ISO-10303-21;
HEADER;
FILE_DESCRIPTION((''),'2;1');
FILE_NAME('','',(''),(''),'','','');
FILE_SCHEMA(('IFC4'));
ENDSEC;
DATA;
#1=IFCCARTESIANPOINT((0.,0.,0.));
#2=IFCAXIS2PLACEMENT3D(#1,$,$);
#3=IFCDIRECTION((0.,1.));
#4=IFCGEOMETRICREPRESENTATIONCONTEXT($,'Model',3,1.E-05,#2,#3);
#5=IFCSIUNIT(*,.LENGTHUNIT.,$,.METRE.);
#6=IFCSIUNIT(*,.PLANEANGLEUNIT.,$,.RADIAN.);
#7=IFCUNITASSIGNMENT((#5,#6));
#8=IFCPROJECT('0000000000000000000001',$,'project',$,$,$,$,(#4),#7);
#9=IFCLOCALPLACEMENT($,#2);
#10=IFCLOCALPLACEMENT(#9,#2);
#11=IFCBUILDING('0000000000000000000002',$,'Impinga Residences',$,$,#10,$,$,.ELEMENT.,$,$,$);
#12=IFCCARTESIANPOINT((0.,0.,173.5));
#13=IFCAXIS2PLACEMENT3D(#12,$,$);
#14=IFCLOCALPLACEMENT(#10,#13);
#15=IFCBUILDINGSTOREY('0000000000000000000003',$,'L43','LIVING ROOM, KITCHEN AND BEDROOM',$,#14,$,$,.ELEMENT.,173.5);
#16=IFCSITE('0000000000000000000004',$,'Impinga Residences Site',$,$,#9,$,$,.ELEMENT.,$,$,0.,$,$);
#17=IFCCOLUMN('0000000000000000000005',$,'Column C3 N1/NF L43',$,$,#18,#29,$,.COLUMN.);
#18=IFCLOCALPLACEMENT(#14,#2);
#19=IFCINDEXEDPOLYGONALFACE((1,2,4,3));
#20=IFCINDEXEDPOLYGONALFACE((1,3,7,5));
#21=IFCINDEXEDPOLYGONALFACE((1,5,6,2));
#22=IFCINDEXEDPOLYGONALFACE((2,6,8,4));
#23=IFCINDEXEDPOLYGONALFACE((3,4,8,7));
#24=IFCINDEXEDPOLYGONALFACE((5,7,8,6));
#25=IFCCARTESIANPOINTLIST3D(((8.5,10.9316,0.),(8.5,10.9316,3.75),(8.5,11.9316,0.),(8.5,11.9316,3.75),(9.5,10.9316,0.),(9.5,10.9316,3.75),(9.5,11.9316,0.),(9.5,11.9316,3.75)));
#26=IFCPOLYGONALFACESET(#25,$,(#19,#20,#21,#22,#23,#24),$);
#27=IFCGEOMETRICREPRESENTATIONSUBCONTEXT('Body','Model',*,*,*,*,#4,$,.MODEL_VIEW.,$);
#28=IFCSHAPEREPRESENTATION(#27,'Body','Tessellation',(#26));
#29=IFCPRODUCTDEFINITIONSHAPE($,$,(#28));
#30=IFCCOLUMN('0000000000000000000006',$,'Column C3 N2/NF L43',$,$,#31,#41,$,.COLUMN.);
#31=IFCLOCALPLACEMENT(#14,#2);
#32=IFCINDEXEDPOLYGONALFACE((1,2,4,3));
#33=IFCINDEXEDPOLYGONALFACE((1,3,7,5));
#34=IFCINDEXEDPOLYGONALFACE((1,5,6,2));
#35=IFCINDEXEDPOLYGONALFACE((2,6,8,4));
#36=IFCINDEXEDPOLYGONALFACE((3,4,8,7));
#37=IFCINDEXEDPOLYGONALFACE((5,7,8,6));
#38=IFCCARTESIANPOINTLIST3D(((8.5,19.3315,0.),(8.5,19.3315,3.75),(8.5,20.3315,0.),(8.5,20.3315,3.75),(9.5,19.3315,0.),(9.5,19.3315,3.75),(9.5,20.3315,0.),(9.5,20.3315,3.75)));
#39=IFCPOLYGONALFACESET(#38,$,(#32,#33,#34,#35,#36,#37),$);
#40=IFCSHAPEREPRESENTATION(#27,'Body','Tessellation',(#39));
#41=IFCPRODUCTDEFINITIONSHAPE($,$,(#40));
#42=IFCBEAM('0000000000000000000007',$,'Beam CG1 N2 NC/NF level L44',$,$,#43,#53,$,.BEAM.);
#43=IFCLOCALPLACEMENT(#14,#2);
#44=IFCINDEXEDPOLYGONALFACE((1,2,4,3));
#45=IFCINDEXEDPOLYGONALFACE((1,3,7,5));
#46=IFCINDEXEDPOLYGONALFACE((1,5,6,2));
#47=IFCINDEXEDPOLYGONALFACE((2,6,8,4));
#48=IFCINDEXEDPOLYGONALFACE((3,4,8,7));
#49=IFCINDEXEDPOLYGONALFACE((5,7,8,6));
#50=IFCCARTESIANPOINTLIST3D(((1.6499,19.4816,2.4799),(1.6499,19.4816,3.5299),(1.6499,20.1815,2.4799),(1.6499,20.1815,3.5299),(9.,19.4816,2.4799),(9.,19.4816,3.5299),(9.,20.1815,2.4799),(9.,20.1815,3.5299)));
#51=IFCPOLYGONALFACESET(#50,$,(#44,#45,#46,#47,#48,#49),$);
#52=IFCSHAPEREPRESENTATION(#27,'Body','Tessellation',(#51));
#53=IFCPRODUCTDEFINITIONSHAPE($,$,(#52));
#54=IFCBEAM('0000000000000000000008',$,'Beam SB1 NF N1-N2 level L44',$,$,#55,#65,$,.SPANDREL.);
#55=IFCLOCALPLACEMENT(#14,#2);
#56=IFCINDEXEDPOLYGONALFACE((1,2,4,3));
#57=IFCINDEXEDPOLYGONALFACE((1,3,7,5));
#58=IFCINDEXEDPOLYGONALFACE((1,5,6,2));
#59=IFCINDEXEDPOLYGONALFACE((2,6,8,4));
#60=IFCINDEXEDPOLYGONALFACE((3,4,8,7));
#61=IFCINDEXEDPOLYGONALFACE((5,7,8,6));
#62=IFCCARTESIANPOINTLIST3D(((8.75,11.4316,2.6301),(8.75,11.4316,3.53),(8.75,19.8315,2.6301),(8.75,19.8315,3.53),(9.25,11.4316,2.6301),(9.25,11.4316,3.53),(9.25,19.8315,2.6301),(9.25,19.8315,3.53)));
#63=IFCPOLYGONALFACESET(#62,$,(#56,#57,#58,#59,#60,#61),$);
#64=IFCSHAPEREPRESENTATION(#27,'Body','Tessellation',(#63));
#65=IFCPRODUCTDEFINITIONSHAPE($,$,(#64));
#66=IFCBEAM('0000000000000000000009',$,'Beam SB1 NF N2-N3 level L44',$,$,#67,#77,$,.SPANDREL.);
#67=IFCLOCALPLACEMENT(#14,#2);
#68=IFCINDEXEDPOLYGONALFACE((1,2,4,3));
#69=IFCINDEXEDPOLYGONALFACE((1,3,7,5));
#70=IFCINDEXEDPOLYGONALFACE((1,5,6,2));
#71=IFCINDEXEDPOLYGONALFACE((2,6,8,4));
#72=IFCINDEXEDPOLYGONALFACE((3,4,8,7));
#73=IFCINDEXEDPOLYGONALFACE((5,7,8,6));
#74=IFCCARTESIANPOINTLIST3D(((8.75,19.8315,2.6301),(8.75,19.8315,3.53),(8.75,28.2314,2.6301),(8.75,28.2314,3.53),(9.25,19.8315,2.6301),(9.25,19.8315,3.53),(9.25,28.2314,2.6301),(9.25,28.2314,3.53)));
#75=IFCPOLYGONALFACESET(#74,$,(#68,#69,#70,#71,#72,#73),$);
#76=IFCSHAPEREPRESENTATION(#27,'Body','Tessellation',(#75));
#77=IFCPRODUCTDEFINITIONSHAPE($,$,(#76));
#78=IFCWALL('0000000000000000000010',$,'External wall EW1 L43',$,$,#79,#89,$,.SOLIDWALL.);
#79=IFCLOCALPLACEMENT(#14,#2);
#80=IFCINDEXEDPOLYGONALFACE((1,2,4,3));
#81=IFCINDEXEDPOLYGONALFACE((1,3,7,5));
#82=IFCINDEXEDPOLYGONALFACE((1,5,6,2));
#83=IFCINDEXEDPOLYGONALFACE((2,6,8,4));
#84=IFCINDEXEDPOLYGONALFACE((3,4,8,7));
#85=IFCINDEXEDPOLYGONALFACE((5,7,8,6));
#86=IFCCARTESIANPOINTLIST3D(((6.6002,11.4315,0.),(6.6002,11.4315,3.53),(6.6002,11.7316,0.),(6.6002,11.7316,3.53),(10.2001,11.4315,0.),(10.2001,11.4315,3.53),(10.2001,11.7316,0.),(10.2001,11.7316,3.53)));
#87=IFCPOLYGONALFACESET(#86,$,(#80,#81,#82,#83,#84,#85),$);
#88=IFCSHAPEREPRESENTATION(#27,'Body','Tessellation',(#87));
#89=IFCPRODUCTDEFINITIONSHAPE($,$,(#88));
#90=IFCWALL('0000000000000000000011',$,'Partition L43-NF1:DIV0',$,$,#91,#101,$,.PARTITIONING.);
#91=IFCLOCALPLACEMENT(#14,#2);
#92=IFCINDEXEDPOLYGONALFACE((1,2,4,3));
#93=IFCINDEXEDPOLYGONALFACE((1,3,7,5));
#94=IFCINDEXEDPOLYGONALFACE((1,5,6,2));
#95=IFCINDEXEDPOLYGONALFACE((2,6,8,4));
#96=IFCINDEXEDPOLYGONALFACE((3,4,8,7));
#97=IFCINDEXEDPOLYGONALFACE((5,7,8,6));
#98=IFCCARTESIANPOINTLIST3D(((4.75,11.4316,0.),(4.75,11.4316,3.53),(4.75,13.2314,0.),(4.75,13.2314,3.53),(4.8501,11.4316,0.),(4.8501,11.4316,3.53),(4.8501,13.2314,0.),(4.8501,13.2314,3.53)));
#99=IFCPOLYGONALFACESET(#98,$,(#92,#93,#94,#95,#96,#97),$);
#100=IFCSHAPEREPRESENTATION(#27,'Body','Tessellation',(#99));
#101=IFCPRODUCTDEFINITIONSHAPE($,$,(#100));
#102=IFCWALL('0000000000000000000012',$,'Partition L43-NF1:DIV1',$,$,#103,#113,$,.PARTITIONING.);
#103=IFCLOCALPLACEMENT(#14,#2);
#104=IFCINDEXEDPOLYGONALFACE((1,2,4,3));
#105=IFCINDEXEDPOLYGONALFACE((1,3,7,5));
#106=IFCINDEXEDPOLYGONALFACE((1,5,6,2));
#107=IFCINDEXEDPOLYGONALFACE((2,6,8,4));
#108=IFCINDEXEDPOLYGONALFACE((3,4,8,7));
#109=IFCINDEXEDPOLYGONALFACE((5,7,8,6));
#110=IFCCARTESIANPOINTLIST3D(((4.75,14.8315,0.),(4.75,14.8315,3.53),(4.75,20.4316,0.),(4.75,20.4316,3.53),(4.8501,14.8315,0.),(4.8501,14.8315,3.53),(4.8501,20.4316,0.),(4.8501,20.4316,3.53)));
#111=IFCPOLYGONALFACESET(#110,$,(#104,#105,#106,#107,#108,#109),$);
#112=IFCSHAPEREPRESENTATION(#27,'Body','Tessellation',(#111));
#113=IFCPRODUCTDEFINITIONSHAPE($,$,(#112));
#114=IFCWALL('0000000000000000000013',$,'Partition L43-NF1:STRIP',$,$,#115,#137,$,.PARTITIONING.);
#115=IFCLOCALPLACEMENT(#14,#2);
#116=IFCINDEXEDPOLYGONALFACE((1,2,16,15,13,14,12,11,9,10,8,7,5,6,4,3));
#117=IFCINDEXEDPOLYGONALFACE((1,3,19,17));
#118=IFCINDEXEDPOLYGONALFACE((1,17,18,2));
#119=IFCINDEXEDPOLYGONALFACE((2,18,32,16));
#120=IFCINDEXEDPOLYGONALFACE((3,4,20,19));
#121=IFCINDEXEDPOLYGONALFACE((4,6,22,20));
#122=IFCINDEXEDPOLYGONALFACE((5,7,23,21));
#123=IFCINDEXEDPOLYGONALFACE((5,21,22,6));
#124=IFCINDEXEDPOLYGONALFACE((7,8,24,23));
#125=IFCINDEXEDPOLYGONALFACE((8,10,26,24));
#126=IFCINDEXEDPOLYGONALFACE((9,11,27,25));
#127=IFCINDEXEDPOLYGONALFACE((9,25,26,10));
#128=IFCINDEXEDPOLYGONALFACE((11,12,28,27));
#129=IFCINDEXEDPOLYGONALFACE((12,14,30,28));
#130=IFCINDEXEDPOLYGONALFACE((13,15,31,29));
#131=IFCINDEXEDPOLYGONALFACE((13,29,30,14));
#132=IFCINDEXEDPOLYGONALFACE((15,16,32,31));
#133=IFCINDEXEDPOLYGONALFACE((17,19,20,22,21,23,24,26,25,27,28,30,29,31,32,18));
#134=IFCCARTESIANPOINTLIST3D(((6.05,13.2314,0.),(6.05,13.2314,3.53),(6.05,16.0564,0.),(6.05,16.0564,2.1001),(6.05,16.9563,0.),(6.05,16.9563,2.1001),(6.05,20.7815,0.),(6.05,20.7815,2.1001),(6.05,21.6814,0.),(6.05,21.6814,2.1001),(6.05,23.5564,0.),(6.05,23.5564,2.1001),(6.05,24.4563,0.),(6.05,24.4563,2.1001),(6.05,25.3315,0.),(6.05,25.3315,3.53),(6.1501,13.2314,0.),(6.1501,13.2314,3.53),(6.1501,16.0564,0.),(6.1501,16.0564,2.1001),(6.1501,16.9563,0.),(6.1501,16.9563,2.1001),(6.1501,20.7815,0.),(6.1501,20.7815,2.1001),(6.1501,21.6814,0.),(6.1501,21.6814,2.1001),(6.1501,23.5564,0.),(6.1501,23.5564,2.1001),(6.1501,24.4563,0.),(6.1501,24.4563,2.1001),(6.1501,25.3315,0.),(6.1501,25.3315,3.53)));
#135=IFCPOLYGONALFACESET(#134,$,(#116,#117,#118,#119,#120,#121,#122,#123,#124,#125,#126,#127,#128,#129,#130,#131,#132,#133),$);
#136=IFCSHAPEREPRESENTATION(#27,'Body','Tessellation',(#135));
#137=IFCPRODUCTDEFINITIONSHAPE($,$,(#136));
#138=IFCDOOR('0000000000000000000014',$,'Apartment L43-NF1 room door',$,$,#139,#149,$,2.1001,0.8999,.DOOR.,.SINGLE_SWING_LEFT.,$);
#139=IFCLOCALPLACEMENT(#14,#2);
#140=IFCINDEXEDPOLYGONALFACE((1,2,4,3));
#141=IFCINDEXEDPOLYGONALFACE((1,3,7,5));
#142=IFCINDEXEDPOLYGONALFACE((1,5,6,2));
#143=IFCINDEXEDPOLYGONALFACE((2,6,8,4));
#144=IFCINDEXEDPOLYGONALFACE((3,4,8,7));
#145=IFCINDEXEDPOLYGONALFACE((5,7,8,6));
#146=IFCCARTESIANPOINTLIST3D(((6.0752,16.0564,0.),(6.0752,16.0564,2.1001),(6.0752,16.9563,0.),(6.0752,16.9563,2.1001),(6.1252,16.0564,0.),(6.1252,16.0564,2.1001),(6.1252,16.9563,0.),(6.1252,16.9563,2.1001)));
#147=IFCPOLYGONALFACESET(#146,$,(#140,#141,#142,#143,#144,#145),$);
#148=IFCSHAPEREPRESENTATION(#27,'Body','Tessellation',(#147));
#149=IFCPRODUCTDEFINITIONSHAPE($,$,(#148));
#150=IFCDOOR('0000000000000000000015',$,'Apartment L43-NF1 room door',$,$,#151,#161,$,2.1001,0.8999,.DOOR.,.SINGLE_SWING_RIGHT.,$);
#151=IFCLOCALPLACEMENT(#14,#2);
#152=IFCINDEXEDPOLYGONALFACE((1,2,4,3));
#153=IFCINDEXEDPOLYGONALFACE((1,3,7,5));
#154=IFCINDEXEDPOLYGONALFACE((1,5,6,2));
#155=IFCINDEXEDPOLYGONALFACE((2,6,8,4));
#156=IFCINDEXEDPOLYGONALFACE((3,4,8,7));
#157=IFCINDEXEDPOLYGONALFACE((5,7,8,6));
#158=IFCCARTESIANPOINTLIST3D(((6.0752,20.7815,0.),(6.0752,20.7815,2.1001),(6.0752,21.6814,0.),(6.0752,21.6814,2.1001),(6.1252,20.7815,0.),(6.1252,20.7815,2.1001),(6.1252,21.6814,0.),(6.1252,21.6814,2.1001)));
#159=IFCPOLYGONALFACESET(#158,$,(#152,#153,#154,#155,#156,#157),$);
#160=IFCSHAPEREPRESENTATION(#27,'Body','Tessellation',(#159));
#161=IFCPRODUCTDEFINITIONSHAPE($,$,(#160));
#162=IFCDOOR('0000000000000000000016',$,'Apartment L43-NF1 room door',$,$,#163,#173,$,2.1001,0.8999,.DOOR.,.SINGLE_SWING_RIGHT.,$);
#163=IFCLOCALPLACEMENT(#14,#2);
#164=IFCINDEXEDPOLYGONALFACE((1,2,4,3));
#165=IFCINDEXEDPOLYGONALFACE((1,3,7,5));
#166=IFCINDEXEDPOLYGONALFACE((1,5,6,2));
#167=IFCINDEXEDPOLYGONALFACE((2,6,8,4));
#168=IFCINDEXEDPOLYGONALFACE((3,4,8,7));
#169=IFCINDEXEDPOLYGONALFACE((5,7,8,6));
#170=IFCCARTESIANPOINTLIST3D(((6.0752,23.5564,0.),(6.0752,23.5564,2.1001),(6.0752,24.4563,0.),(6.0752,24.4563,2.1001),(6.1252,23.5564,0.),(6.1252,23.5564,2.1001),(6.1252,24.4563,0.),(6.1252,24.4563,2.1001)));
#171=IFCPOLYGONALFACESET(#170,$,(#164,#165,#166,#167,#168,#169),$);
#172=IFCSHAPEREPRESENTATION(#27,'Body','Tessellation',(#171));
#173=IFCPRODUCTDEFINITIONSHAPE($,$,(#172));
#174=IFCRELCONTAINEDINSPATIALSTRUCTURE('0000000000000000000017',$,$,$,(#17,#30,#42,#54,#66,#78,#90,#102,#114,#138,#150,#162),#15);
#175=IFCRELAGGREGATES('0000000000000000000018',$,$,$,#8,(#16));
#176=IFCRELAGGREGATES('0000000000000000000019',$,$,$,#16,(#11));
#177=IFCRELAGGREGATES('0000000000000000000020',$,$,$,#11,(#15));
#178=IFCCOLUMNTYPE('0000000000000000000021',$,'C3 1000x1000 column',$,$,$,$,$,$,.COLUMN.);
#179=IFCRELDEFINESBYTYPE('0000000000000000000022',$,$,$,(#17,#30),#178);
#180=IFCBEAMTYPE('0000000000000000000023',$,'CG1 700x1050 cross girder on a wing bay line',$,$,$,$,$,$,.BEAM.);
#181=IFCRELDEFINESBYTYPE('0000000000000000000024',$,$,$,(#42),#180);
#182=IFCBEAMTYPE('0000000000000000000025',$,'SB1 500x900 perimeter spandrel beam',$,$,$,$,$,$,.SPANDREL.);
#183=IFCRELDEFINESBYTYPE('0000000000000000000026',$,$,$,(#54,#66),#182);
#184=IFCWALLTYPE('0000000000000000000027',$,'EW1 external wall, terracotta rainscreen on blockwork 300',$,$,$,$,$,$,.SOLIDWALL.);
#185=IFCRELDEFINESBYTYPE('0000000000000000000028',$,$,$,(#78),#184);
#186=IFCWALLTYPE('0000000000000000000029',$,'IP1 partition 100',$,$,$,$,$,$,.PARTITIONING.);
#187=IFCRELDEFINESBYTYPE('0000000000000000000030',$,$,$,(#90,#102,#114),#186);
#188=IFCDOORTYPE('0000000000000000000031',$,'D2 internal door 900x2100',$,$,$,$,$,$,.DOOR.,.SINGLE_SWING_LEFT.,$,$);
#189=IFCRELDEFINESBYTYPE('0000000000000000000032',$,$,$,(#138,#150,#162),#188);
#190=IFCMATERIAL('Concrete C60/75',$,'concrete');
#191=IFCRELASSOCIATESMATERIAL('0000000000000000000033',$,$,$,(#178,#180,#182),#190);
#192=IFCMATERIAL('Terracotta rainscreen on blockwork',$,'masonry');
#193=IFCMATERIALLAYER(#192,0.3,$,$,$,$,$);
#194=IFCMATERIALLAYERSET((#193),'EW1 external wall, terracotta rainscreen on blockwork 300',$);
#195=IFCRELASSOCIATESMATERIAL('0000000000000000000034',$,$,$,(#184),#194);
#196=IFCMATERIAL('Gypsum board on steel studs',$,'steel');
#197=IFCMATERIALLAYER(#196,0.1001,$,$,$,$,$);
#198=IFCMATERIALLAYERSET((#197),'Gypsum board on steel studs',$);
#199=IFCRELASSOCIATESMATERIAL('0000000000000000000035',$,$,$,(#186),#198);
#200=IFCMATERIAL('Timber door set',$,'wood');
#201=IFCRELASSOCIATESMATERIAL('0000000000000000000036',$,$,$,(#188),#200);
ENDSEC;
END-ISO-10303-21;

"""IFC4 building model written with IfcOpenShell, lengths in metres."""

from ifc_helpers import new_model, si_unit, direction, frame, frame_2d, origin, origin_2d, place, context, subcontext, project, spatial, rectangle, extrude, material, layer, layer_set, material_profile, profile_set, type_object, element, fill, save


model = new_model("IFC4")

# Units and contexts
model_context = context("Model", 3, precision=1e-05, world=origin(), true_north=direction((0.0, 1.0)))
body_context = subcontext(model_context, "Body", "Model", "MODEL_VIEW")
ifc_project = project(units=[si_unit("LENGTHUNIT", "METRE"), si_unit("PLANEANGLEUNIT", "RADIAN")], contexts=[model_context])

# Site, building, storey
site_placement = place(None, origin())
site = spatial("IfcSite", under=ifc_project, at=site_placement, Name="Impinga Residences Site", CompositionType="ELEMENT", RefElevation=0.0)
building_placement = place(site_placement, origin())
building = spatial("IfcBuilding", under=site, at=building_placement, Name="Impinga Residences", CompositionType="ELEMENT")
storey_placement = place(building_placement, frame((0.0, 0.0, 173.5)))
storey = spatial("IfcBuildingStorey", under=building, at=storey_placement, Name="L43", Description="LIVING ROOM, KITCHEN AND BEDROOM", CompositionType="ELEMENT", Elevation=173.5)

# Columns
ifc_material_1 = material(Name="Concrete C60/75", Category="concrete")
ifc_material_profile_1 = material_profile(ifc_material_1, rectangle(XDim=1.0, YDim=1.0, at=origin_2d()), Name="RC 1000x1000")
ifc_profile_set_1 = profile_set([ifc_material_profile_1], Name="Concrete C60/75")
column_type = type_object("IfcColumnType", Name="C3 1000x1000 column", PredefinedType="COLUMN", material=ifc_profile_set_1)
for number, where, z_axis, x_axis, name in (
    (1, (9.0, 11.4316, 0.0), (0.0, 0.0, 1.0), (1.0, 0.0, 0.0), "Column C3 N1/NF L43"),
    (2, (9.0, 19.8315, 0.0), (0.0, 0.0, 1.0), (1.0, 0.0, 0.0), "Column C3 N2/NF L43"),
):
    element("IfcColumn", number, at=place(storey_placement, frame(where, z_axis=z_axis, x_axis=x_axis)), inside=storey, type_object=column_type, Name=name, PredefinedType="COLUMN", context=body_context, shape_type="SweptSolid", body=[
        extrude(rectangle(XDim=1.0, YDim=1.0, at=origin_2d()), origin(), (0.0, 0.0, 1.0), 3.75),
    ])

# Beams
ifc_material_profile_2 = material_profile(ifc_material_1, rectangle(XDim=0.7, YDim=1.05, at=origin_2d()), Name="RC 700x1050")
ifc_profile_set_2 = profile_set([ifc_material_profile_2], Name="Concrete C60/75")
beam_type_1 = type_object("IfcBeamType", Name="CG1 700x1050 cross girder on a wing bay line", PredefinedType="BEAM", material=ifc_profile_set_2)
beam_placement = place(storey_placement, frame((1.6499, 19.8315, 3.0049), z_axis=(1.0, 0.0, 0.0), x_axis=(0.0, 1.0, 0.0)))
element("IfcBeam", 3, at=beam_placement, inside=storey, type_object=beam_type_1, Name="Beam CG1 N2 NC/NF level L44", PredefinedType="BEAM", context=body_context, shape_type="SweptSolid", body=[
    extrude(rectangle(XDim=0.7, YDim=1.05, at=origin_2d()), origin(), (0.0, 0.0, 1.0), 7.3501),
])
ifc_material_profile_3 = material_profile(ifc_material_1, rectangle(XDim=0.5, YDim=0.8999, at=origin_2d()), Name="RC 500x900")
ifc_profile_set_3 = profile_set([ifc_material_profile_3], Name="Concrete C60/75")
beam_type_2 = type_object("IfcBeamType", Name="SB1 500x900 perimeter spandrel beam", PredefinedType="SPANDREL", material=ifc_profile_set_3)
for number, where, z_axis, x_axis, name in (
    (4, (9.0, 11.4316, 3.0801), (0.0, 1.0, 0.0), (-1.0, 0.0, 0.0), "Beam SB1 NF N1-N2 level L44"),
    (5, (9.0, 19.8315, 3.0801), (0.0, 1.0, 0.0), (-1.0, 0.0, 0.0), "Beam SB1 NF N2-N3 level L44"),
):
    element("IfcBeam", number, at=place(storey_placement, frame(where, z_axis=z_axis, x_axis=x_axis)), inside=storey, type_object=beam_type_2, Name=name, PredefinedType="SPANDREL", context=body_context, shape_type="SweptSolid", body=[
        extrude(rectangle(XDim=0.5, YDim=0.8999, at=origin_2d()), origin(), (0.0, 0.0, 1.0), 8.3999),
    ])

# Walls
ifc_material_2 = material(Name="Terracotta rainscreen on blockwork", Category="masonry")
ifc_layer_1 = layer(ifc_material_2, 0.3)
ifc_layer_set_1 = layer_set([ifc_layer_1], Name="EW1 external wall, terracotta rainscreen on blockwork 300")
wall_type_1 = type_object("IfcWallType", Name="EW1 external wall, terracotta rainscreen on blockwork 300", PredefinedType="SOLIDWALL", material=ifc_layer_set_1)
wall_1_placement = place(storey_placement, frame((10.2, 11.5815, 0.0), z_axis=(0.0, 0.0, 1.0), x_axis=(-1.0, 0.0, 0.0)))
element("IfcWall", 6, at=wall_1_placement, inside=storey, type_object=wall_type_1, Name="External wall EW1 L43", PredefinedType="SOLIDWALL", context=body_context, shape_type="SweptSolid", body=[
    extrude(rectangle(XDim=3.5999, YDim=0.3, at=frame_2d((1.7998, 0.0))), origin(), (0.0, 0.0, 1.0), 3.53),
])
ifc_material_3 = material(Name="Gypsum board on steel studs", Category="steel")
ifc_layer_2 = layer(ifc_material_3, 0.1001)
ifc_layer_set_2 = layer_set([ifc_layer_2], Name="Gypsum board on steel studs")
wall_type_2 = type_object("IfcWallType", Name="IP1 partition 100", PredefinedType="PARTITIONING", material=ifc_layer_set_2)
wall_2_placement = place(storey_placement, frame((4.8, 11.4316, 0.0), z_axis=(0.0, 0.0, 1.0), x_axis=(0.0, 1.0, 0.0)))
element("IfcWall", 7, at=wall_2_placement, inside=storey, type_object=wall_type_2, Name="Partition L43-NF1:DIV0", PredefinedType="PARTITIONING", context=body_context, shape_type="SweptSolid", body=[
    extrude(rectangle(XDim=1.7998, YDim=0.1001, at=frame_2d((0.8999, 0.0))), origin(), (0.0, 0.0, 1.0), 3.53),
])
wall_3_placement = place(storey_placement, frame((4.8, 14.8315, 0.0), z_axis=(0.0, 0.0, 1.0), x_axis=(0.0, 1.0, 0.0)))
element("IfcWall", 8, at=wall_3_placement, inside=storey, type_object=wall_type_2, Name="Partition L43-NF1:DIV1", PredefinedType="PARTITIONING", context=body_context, shape_type="SweptSolid", body=[
    extrude(rectangle(XDim=5.6001, YDim=0.1001, at=frame_2d((2.8, 0.0))), origin(), (0.0, 0.0, 1.0), 3.53),
])

# Wall, openings, doors
wall_4_placement = place(storey_placement, frame((6.1001, 13.2314, 0.0), z_axis=(0.0, 0.0, 1.0), x_axis=(0.0, 1.0, 0.0)))
wall_4 = element("IfcWall", 9, at=wall_4_placement, inside=storey, type_object=wall_type_2, Name="Partition L43-NF1:STRIP", PredefinedType="PARTITIONING", context=body_context, shape_type="SweptSolid", body=[
    extrude(rectangle(XDim=12.1001, YDim=0.1001, at=frame_2d((6.05, 0.0))), origin(), (0.0, 0.0, 1.0), 3.53),
])
opening_1_placement = place(wall_4_placement, frame((2.825, 0.0, 0.0)))
opening_1 = element("IfcOpeningElement", 10, at=opening_1_placement, cuts=wall_4, PredefinedType="OPENING", context=body_context, shape_type="SweptSolid", body=[
    extrude(rectangle(XDim=0.8999, YDim=2.1001, at=frame_2d((0.45, 1.05))), frame((0.0, 0.0601, 0.0), z_axis=(0.0, -1.0, 0.0), x_axis=(1.0, 0.0, 0.0)), (0.0, 0.0, 1.0), 0.1201),
])
opening_2_placement = place(wall_4_placement, frame((7.55, 0.0, 0.0)))
opening_2 = element("IfcOpeningElement", 11, at=opening_2_placement, cuts=wall_4, PredefinedType="OPENING", context=body_context, shape_type="SweptSolid", body=[
    extrude(rectangle(XDim=0.8999, YDim=2.1001, at=frame_2d((0.45, 1.05))), frame((0.0, 0.0601, 0.0), z_axis=(0.0, -1.0, 0.0), x_axis=(1.0, 0.0, 0.0)), (0.0, 0.0, 1.0), 0.1201),
])
opening_3_placement = place(wall_4_placement, frame((10.325, 0.0, 0.0)))
opening_3 = element("IfcOpeningElement", 12, at=opening_3_placement, cuts=wall_4, PredefinedType="OPENING", context=body_context, shape_type="SweptSolid", body=[
    extrude(rectangle(XDim=0.8999, YDim=2.1001, at=frame_2d((0.45, 1.05))), frame((0.0, 0.0601, 0.0), z_axis=(0.0, -1.0, 0.0), x_axis=(1.0, 0.0, 0.0)), (0.0, 0.0, 1.0), 0.1201),
])
ifc_material_4 = material(Name="Timber door set", Category="wood")
door_type = type_object("IfcDoorType", Name="D2 internal door 900x2100", OperationType="SINGLE_SWING_LEFT", PredefinedType="DOOR", material=ifc_material_4)
door_1_placement = place(opening_1_placement, origin())
door_1 = element("IfcDoor", 13, at=door_1_placement, inside=storey, type_object=door_type, Name="Apartment L43-NF1 room door", OperationType="SINGLE_SWING_LEFT", OverallHeight=2.1001, OverallWidth=0.8999, PredefinedType="DOOR", context=body_context, shape_type="SweptSolid", body=[
    extrude(rectangle(XDim=0.8999, YDim=2.1001, at=frame_2d((0.45, 1.05))), frame((0.0, 0.0249, 0.0), z_axis=(0.0, -1.0, 0.0), x_axis=(1.0, 0.0, 0.0)), (0.0, 0.0, 1.0), 0.05),
])
fill(opening_1, door_1)
door_2_placement = place(opening_2_placement, origin())
door_2 = element("IfcDoor", 14, at=door_2_placement, inside=storey, type_object=door_type, Name="Apartment L43-NF1 room door", OperationType="SINGLE_SWING_RIGHT", OverallHeight=2.1001, OverallWidth=0.8999, PredefinedType="DOOR", context=body_context, shape_type="SweptSolid", body=[
    extrude(rectangle(XDim=0.8999, YDim=2.1001, at=frame_2d((0.45, 1.05))), frame((0.0, 0.0249, 0.0), z_axis=(0.0, -1.0, 0.0), x_axis=(1.0, 0.0, 0.0)), (0.0, 0.0, 1.0), 0.05),
])
fill(opening_2, door_2)
door_3_placement = place(opening_3_placement, origin())
door_3 = element("IfcDoor", 15, at=door_3_placement, inside=storey, type_object=door_type, Name="Apartment L43-NF1 room door", OperationType="SINGLE_SWING_RIGHT", OverallHeight=2.1001, OverallWidth=0.8999, PredefinedType="DOOR", context=body_context, shape_type="SweptSolid", body=[
    extrude(rectangle(XDim=0.8999, YDim=2.1001, at=frame_2d((0.45, 1.05))), frame((0.0, 0.0249, 0.0), z_axis=(0.0, -1.0, 0.0), x_axis=(1.0, 0.0, 0.0)), (0.0, 0.0, 1.0), 0.05),
])
fill(opening_3, door_3)

save(model, "model.ifc")
